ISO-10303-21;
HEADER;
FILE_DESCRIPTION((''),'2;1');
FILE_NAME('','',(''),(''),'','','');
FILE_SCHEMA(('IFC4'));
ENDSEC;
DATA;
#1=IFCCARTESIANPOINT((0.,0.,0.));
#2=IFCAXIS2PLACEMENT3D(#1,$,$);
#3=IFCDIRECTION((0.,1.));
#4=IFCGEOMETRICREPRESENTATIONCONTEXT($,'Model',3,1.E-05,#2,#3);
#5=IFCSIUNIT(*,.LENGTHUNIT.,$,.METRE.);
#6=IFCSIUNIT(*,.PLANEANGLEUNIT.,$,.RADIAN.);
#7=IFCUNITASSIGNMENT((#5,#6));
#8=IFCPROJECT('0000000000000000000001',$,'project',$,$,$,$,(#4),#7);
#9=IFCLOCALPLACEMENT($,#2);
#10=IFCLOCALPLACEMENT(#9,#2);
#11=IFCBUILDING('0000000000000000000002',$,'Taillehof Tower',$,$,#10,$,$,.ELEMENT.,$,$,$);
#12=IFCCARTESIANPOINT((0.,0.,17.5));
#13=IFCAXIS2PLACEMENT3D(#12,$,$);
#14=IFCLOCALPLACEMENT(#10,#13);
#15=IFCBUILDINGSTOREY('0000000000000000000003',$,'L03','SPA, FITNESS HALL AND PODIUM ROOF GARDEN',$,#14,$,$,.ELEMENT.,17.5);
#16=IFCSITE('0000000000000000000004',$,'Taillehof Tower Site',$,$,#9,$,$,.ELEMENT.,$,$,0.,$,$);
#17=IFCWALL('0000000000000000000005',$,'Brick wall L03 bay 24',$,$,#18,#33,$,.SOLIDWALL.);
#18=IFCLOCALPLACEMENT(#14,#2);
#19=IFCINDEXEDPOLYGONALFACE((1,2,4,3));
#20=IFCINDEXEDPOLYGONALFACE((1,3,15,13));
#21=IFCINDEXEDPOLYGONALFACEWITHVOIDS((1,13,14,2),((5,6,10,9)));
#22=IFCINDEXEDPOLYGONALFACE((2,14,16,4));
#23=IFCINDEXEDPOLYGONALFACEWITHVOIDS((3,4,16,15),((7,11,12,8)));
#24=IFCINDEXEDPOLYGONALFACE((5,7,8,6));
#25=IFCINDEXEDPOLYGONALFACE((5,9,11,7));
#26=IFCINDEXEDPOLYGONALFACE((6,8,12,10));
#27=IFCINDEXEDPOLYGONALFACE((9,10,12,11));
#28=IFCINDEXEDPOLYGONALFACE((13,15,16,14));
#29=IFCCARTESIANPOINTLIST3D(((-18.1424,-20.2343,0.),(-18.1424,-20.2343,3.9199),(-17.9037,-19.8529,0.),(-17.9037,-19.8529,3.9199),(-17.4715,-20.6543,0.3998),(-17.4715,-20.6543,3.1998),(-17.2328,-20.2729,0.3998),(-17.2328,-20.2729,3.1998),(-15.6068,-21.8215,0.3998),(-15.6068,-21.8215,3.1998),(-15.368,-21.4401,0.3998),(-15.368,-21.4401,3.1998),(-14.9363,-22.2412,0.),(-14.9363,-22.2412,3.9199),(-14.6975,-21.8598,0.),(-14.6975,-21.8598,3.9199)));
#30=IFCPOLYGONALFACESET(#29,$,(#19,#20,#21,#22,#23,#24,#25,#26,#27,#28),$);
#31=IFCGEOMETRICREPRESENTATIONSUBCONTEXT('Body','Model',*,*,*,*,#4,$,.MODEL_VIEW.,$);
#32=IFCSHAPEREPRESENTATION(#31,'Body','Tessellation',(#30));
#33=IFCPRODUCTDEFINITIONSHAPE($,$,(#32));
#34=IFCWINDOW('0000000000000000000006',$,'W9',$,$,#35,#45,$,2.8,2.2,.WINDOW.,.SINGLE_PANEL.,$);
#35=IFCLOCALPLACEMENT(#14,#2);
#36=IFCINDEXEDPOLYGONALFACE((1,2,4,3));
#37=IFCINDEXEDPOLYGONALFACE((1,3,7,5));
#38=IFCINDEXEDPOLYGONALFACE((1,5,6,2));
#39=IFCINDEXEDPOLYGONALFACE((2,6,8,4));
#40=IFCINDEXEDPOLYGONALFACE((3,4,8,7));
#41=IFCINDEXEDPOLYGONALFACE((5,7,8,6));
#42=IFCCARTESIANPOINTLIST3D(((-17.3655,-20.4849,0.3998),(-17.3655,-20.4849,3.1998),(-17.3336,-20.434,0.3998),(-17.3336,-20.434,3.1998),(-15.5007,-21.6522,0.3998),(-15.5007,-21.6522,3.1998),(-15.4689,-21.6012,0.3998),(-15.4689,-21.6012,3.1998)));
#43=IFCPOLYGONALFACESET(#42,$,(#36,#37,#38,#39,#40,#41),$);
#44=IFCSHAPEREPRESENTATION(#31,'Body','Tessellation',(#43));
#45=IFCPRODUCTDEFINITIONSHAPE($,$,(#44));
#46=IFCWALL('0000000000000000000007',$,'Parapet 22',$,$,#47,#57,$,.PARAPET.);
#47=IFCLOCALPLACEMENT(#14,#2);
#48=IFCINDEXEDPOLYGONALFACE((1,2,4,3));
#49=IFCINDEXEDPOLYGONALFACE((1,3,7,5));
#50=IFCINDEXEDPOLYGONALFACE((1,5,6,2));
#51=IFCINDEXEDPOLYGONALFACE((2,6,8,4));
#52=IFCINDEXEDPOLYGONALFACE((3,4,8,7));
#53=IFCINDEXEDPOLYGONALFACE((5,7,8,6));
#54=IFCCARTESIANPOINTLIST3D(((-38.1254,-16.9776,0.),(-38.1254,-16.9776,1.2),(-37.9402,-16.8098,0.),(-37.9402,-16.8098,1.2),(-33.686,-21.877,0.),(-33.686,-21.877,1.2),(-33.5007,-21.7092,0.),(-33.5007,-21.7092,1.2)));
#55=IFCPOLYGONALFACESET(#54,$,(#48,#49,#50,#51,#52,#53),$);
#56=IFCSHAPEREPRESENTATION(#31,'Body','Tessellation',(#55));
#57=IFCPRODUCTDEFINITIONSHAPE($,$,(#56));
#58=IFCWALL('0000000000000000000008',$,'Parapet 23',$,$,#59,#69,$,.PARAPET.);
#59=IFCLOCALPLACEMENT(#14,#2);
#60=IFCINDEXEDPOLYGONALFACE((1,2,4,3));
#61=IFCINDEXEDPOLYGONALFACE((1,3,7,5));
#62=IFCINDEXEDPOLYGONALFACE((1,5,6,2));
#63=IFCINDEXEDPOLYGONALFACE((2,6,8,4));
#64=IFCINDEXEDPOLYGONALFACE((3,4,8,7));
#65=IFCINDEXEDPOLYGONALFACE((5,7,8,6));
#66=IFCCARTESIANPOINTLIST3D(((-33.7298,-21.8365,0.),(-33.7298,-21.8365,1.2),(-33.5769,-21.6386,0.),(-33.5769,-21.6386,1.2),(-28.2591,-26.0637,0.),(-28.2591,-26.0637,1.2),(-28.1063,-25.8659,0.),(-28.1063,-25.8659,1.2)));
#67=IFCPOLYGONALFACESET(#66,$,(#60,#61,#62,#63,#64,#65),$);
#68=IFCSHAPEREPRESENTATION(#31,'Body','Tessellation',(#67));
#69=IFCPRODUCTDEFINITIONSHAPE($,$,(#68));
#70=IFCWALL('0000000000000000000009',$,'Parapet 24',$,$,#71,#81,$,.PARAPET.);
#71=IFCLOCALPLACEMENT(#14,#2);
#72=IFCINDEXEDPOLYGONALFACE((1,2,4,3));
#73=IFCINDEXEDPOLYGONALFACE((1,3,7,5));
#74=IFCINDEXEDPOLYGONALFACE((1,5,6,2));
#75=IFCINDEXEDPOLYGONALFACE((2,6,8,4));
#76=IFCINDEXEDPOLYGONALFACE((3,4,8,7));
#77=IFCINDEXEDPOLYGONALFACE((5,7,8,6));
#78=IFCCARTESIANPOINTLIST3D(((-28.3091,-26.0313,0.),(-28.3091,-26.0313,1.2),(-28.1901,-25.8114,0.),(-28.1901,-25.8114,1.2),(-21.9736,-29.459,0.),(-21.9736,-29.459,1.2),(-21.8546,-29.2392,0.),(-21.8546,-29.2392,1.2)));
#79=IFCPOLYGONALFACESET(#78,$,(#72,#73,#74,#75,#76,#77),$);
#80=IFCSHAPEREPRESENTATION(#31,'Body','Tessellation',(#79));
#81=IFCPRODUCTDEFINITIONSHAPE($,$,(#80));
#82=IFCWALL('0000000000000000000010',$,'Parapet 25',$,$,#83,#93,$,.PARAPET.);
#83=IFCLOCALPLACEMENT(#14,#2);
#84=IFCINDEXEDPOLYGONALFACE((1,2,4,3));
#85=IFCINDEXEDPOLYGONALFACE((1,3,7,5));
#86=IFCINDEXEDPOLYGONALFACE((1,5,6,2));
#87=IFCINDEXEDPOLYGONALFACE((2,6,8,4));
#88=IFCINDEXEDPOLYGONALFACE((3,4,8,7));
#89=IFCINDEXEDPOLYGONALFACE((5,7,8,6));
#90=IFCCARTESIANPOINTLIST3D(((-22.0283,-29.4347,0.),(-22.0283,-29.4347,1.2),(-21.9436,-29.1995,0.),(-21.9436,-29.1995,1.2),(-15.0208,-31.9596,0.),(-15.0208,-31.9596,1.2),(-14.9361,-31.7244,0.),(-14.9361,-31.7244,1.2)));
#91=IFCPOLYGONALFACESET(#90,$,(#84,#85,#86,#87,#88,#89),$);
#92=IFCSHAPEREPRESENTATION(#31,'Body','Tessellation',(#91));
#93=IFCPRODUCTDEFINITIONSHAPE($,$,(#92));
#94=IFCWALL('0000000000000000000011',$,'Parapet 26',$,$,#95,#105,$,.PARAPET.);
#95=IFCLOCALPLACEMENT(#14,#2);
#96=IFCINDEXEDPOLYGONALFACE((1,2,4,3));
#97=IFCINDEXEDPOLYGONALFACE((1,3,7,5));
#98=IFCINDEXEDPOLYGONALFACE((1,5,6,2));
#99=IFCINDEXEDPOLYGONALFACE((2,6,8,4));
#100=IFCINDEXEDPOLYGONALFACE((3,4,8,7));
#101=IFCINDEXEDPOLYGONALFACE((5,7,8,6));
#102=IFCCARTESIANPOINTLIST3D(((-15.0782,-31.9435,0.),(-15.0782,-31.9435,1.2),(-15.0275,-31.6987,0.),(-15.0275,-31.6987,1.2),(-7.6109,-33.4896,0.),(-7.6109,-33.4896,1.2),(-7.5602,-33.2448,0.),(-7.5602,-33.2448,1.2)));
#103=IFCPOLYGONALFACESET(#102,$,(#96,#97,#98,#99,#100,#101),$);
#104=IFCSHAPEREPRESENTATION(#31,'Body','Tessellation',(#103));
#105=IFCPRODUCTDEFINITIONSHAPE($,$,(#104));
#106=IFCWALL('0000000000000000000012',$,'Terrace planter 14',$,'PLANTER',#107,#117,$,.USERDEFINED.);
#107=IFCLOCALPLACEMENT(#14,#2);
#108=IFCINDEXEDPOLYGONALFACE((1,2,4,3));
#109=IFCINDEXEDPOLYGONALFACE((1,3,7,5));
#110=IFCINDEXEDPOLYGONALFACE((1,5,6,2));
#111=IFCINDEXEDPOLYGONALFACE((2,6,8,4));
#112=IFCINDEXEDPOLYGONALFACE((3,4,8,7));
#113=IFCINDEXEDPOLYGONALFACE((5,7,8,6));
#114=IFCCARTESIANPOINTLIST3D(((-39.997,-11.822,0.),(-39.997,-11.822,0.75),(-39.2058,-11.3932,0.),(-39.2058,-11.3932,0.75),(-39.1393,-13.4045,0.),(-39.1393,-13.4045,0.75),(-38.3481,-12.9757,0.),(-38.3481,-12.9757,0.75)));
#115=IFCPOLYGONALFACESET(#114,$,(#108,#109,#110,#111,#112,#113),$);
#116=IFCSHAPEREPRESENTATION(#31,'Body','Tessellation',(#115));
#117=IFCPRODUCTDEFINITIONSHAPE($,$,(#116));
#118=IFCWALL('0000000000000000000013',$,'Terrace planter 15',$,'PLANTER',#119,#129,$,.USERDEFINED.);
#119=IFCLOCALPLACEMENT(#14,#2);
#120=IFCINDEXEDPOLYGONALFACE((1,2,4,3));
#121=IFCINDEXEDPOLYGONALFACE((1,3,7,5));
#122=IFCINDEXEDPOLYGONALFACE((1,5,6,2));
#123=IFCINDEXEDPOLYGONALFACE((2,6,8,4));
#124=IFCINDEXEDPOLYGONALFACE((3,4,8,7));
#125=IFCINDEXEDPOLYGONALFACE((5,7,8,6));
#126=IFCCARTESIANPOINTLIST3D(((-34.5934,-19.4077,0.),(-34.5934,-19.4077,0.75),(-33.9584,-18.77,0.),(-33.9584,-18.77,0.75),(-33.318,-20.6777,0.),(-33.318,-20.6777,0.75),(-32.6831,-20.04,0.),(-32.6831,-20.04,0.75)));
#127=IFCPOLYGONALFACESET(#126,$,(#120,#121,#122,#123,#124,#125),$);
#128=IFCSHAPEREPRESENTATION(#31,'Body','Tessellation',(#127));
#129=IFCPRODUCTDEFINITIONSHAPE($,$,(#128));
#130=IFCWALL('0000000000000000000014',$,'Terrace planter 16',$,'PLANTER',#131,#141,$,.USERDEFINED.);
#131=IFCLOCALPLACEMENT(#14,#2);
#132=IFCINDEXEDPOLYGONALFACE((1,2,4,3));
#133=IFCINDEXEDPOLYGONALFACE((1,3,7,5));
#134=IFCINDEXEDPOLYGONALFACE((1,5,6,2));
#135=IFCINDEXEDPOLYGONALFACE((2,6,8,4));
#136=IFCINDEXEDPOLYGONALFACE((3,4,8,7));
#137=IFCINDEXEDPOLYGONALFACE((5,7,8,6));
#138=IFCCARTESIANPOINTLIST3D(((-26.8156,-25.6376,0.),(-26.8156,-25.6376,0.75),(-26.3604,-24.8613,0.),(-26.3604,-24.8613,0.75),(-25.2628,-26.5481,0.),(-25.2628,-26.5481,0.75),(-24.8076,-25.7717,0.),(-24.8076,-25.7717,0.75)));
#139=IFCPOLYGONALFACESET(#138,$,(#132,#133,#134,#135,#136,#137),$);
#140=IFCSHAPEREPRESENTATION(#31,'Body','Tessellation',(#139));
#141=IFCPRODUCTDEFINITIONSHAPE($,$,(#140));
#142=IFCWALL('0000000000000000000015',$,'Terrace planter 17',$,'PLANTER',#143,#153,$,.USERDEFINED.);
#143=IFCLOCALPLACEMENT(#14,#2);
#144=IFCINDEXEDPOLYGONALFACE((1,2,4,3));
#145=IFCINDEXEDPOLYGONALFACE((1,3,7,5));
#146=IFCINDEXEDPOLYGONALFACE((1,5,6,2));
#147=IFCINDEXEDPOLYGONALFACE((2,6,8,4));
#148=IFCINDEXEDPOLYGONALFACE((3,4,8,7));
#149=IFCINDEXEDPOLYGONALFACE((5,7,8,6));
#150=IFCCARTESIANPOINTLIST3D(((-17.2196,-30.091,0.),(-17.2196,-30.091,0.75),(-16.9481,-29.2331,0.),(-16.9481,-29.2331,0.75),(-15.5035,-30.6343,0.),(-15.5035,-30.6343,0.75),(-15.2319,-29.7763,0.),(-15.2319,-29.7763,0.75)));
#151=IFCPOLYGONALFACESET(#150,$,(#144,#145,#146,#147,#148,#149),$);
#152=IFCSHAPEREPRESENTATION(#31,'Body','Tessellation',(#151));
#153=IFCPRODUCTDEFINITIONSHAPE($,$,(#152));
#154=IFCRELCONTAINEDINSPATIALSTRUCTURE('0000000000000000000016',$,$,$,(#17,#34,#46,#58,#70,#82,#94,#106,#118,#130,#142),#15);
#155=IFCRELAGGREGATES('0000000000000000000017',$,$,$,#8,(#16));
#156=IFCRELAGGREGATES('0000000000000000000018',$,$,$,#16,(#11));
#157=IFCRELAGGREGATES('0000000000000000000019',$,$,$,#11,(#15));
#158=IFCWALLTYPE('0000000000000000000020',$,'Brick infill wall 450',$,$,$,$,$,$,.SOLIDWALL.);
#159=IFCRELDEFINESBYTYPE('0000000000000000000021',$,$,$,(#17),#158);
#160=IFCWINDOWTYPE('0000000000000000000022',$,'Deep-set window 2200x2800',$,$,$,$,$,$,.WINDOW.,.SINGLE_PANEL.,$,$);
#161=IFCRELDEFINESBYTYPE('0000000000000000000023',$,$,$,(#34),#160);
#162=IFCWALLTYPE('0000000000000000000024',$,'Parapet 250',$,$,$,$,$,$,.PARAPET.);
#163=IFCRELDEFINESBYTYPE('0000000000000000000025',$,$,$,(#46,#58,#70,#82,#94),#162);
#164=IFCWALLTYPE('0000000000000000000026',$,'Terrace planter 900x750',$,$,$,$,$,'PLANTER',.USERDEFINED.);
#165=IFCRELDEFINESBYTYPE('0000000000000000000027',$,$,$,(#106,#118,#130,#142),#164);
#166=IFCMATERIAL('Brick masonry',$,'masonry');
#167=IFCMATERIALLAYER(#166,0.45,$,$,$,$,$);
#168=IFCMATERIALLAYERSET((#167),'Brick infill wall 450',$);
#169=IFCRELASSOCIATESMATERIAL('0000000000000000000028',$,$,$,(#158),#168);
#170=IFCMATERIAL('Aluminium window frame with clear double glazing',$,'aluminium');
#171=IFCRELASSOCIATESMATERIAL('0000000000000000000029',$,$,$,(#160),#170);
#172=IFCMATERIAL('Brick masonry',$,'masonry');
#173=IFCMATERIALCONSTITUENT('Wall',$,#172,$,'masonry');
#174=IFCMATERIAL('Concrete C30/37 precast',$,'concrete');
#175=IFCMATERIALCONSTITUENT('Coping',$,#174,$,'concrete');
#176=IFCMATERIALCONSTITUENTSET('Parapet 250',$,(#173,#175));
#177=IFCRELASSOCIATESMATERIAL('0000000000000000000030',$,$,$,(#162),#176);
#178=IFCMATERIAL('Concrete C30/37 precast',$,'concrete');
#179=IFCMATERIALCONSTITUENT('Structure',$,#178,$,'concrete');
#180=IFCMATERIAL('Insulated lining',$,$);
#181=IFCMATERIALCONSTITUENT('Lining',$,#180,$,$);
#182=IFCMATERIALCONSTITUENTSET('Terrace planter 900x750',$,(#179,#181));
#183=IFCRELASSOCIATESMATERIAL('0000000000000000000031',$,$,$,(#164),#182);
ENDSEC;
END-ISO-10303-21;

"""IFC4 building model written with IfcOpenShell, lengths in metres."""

from ifc_helpers import new_model, si_unit, direction, frame, frame_2d, origin, place, context, subcontext, project, spatial, rectangle, extrude, material, layer, layer_set, constituent, constituent_set, type_object, element, fill, save


model = new_model("IFC4")

# Units and contexts
model_context = context("Model", 3, precision=1e-05, world=origin(), true_north=direction((0.0, 1.0)))
body_context = subcontext(model_context, "Body", "Model", "MODEL_VIEW")
ifc_project = project(units=[si_unit("LENGTHUNIT", "METRE"), si_unit("PLANEANGLEUNIT", "RADIAN")], contexts=[model_context])

# Site, building, storey
site_placement = place(None, origin())
site = spatial("IfcSite", under=ifc_project, at=site_placement, Name="Taillehof Tower Site", CompositionType="ELEMENT", RefElevation=0.0)
building_placement = place(site_placement, origin())
building = spatial("IfcBuilding", under=site, at=building_placement, Name="Taillehof Tower", CompositionType="ELEMENT")
storey_placement = place(building_placement, frame((0.0, 0.0, 17.5)))
storey = spatial("IfcBuildingStorey", under=building, at=storey_placement, Name="L03", Description="SPA, FITNESS HALL AND PODIUM ROOF GARDEN", CompositionType="ELEMENT", Elevation=17.5)

# Wall, opening, window
ifc_material_1 = material(Name="Brick masonry", Category="masonry")
ifc_layer = layer(ifc_material_1, 0.45)
ifc_layer_set = layer_set([ifc_layer], Name="Brick infill wall 450")
wall_type_1 = type_object("IfcWallType", Name="Brick infill wall 450", PredefinedType="SOLIDWALL", material=ifc_layer_set)
ifc_material_2 = material(Name="Aluminium window frame with clear double glazing", Category="aluminium")
window_type = type_object("IfcWindowType", Name="Deep-set window 2200x2800", PartitioningType="SINGLE_PANEL", PredefinedType="WINDOW", material=ifc_material_2)
wall_1_placement = place(storey_placement, frame((-18.0229, -20.0437, 0.0), z_axis=(0.0, 0.0, 1.0), x_axis=(0.847635, -0.530579, 0.0)))
wall_1 = element("IfcWall", 1, at=wall_1_placement, inside=storey, type_object=wall_type_1, Name="Brick wall L03 bay 24", PredefinedType="SOLIDWALL", context=body_context, shape_type="SweptSolid", body=[
    extrude(rectangle(XDim=3.7825, YDim=0.45, at=frame_2d((1.8911, 0.0))), origin(), (0.0, 0.0, 1.0), 3.9199),
])
opening_1_placement = place(wall_1_placement, frame((0.7913, 0.0, 0.3999)))
opening_1 = element("IfcOpeningElement", 2, at=opening_1_placement, cuts=wall_1, PredefinedType="OPENING", context=body_context, shape_type="SweptSolid", body=[
    extrude(rectangle(XDim=2.2, YDim=2.8, at=frame_2d((1.1001, 1.3999))), frame((0.0, 0.2349, 0.0), z_axis=(0.0, -1.0, 0.0), x_axis=(1.0, 0.0, 0.0)), (0.0, 0.0, 1.0), 0.47),
])
window_1_placement = place(opening_1_placement, origin())
window_1 = element("IfcWindow", 3, at=window_1_placement, inside=storey, type_object=window_type, Name="W9", OverallHeight=2.8, OverallWidth=2.2, PartitioningType="SINGLE_PANEL", PredefinedType="WINDOW", context=body_context, shape_type="SweptSolid", body=[
    extrude(rectangle(XDim=2.2, YDim=2.8, at=frame_2d((1.1001, 1.3999))), frame((0.0, 0.0349, 0.0), z_axis=(0.0, -1.0, 0.0), x_axis=(1.0, 0.0, 0.0)), (0.0, 0.0, 1.0), 0.0601),
])
fill(opening_1, window_1)

# Walls
ifc_material_3 = material(Name="Brick masonry", Category="masonry")
ifc_constituent_1 = constituent(ifc_material_3, Name="Wall", Category="masonry")
ifc_material_4 = material(Name="Concrete C30/37 precast", Category="concrete")
ifc_constituent_2 = constituent(ifc_material_4, Name="Coping", Category="concrete")
ifc_constituent_set_1 = constituent_set(constituents=[ifc_constituent_1, ifc_constituent_2], Name="Parapet 250")
wall_type_2 = type_object("IfcWallType", Name="Parapet 250", PredefinedType="PARAPET", material=ifc_constituent_set_1)
wall_2_placement = place(storey_placement, frame((-38.0327, -16.8938, 0.0), z_axis=(0.0, 0.0, 1.0), x_axis=(0.671466, -0.741035, 0.0)))
element("IfcWall", 4, at=wall_2_placement, inside=storey, type_object=wall_type_2, Name="Parapet 22", PredefinedType="PARAPET", context=body_context, shape_type="SweptSolid", body=[
    extrude(rectangle(XDim=6.6116, YDim=0.25, at=frame_2d((3.3057, 0.0))), origin(), (0.0, 0.0, 1.0), 1.2),
])
wall_3_placement = place(storey_placement, frame((-33.6533, -21.7375, 0.0), z_axis=(0.0, 0.0, 1.0), x_axis=(0.79129, -0.611441, 0.0)))
element("IfcWall", 5, at=wall_3_placement, inside=storey, type_object=wall_type_2, Name="Parapet 23", PredefinedType="PARAPET", context=body_context, shape_type="SweptSolid", body=[
    extrude(rectangle(XDim=6.9136, YDim=0.25, at=frame_2d((3.4568, 0.0))), origin(), (0.0, 0.0, 1.0), 1.2),
])
wall_4_placement = place(storey_placement, frame((-28.2495, -25.9214, 0.0), z_axis=(0.0, 0.0, 1.0), x_axis=(0.879523, -0.475857, 0.0)))
element("IfcWall", 6, at=wall_4_placement, inside=storey, type_object=wall_type_2, Name="Parapet 24", PredefinedType="PARAPET", context=body_context, shape_type="SweptSolid", body=[
    extrude(rectangle(XDim=7.2034, YDim=0.25, at=frame_2d((3.6016, 0.0))), origin(), (0.0, 0.0, 1.0), 1.2),
])
wall_5_placement = place(storey_placement, frame((-21.9858, -29.3171, 0.0), z_axis=(0.0, 0.0, 1.0), x_axis=(0.940794, -0.338978, 0.0)))
element("IfcWall", 7, at=wall_5_placement, inside=storey, type_object=wall_type_2, Name="Parapet 25", PredefinedType="PARAPET", context=body_context, shape_type="SweptSolid", body=[
    extrude(rectangle(XDim=7.4485, YDim=0.25, at=frame_2d((3.7241, 0.0))), origin(), (0.0, 0.0, 1.0), 1.2),
])
wall_6_placement = place(storey_placement, frame((-15.053, -31.821, 0.0), z_axis=(0.0, 0.0, 1.0), x_axis=(0.97923, -0.202755, 0.0)))
element("IfcWall", 8, at=wall_6_placement, inside=storey, type_object=wall_type_2, Name="Parapet 26", PredefinedType="PARAPET", context=body_context, shape_type="SweptSolid", body=[
    extrude(rectangle(XDim=7.6257, YDim=0.25, at=frame_2d((3.813, 0.0))), origin(), (0.0, 0.0, 1.0), 1.2),
])
ifc_material_5 = material(Name="Concrete C30/37 precast", Category="concrete")
ifc_constituent_3 = constituent(ifc_material_5, Name="Structure", Category="concrete")
ifc_material_6 = material(Name="Insulated lining")
ifc_constituent_4 = constituent(ifc_material_6, Name="Lining")
ifc_constituent_set_2 = constituent_set(constituents=[ifc_constituent_3, ifc_constituent_4], Name="Terrace planter 900x750")
wall_type_3 = type_object("IfcWallType", Name="Terrace planter 900x750", ElementType="PLANTER", PredefinedType="USERDEFINED", material=ifc_constituent_set_2)
wall_7_placement = place(storey_placement, frame((-39.6013, -11.6077, 0.0), z_axis=(0.0, 0.0, 1.0), x_axis=(0.476484, -0.879183, 0.0)))
element("IfcWall", 9, at=wall_7_placement, inside=storey, type_object=wall_type_3, Name="Terrace planter 14", ObjectType="PLANTER", PredefinedType="USERDEFINED", context=body_context, shape_type="SweptSolid", body=[
    extrude(rectangle(XDim=1.8, YDim=0.8999, at=frame_2d((0.8999, 0.0))), origin(), (0.0, 0.0, 1.0), 0.75),
])
wall_8_placement = place(storey_placement, frame((-34.2759, -19.0889, 0.0), z_axis=(0.0, 0.0, 1.0), x_axis=(0.708597, -0.705613, 0.0)))
element("IfcWall", 10, at=wall_8_placement, inside=storey, type_object=wall_type_3, Name="Terrace planter 15", ObjectType="PLANTER", PredefinedType="USERDEFINED", context=body_context, shape_type="SweptSolid", body=[
    extrude(rectangle(XDim=1.7998, YDim=0.8999, at=frame_2d((0.8999, 0.0))), origin(), (0.0, 0.0, 1.0), 0.75),
])
for number, where, z_axis, x_axis, name in (
    (11, (-26.5879, -25.2495, 0.0), (0.0, 0.0, 1.0), (0.862655, -0.505793, 0.0), "Terrace planter 16"),
    (12, (-17.0837, -29.6621, 0.0), (0.0, 0.0, 1.0), (0.953375, -0.301787, 0.0), "Terrace planter 17"),
):
    element("IfcWall", number, at=place(storey_placement, frame(where, z_axis=z_axis, x_axis=x_axis)), inside=storey, type_object=wall_type_3, Name=name, ObjectType="PLANTER", PredefinedType="USERDEFINED", context=body_context, shape_type="SweptSolid", body=[
        extrude(rectangle(XDim=1.8, YDim=0.8999, at=frame_2d((0.8999, 0.0))), origin(), (0.0, 0.0, 1.0), 0.75),
    ])

save(model, "model.ifc")
